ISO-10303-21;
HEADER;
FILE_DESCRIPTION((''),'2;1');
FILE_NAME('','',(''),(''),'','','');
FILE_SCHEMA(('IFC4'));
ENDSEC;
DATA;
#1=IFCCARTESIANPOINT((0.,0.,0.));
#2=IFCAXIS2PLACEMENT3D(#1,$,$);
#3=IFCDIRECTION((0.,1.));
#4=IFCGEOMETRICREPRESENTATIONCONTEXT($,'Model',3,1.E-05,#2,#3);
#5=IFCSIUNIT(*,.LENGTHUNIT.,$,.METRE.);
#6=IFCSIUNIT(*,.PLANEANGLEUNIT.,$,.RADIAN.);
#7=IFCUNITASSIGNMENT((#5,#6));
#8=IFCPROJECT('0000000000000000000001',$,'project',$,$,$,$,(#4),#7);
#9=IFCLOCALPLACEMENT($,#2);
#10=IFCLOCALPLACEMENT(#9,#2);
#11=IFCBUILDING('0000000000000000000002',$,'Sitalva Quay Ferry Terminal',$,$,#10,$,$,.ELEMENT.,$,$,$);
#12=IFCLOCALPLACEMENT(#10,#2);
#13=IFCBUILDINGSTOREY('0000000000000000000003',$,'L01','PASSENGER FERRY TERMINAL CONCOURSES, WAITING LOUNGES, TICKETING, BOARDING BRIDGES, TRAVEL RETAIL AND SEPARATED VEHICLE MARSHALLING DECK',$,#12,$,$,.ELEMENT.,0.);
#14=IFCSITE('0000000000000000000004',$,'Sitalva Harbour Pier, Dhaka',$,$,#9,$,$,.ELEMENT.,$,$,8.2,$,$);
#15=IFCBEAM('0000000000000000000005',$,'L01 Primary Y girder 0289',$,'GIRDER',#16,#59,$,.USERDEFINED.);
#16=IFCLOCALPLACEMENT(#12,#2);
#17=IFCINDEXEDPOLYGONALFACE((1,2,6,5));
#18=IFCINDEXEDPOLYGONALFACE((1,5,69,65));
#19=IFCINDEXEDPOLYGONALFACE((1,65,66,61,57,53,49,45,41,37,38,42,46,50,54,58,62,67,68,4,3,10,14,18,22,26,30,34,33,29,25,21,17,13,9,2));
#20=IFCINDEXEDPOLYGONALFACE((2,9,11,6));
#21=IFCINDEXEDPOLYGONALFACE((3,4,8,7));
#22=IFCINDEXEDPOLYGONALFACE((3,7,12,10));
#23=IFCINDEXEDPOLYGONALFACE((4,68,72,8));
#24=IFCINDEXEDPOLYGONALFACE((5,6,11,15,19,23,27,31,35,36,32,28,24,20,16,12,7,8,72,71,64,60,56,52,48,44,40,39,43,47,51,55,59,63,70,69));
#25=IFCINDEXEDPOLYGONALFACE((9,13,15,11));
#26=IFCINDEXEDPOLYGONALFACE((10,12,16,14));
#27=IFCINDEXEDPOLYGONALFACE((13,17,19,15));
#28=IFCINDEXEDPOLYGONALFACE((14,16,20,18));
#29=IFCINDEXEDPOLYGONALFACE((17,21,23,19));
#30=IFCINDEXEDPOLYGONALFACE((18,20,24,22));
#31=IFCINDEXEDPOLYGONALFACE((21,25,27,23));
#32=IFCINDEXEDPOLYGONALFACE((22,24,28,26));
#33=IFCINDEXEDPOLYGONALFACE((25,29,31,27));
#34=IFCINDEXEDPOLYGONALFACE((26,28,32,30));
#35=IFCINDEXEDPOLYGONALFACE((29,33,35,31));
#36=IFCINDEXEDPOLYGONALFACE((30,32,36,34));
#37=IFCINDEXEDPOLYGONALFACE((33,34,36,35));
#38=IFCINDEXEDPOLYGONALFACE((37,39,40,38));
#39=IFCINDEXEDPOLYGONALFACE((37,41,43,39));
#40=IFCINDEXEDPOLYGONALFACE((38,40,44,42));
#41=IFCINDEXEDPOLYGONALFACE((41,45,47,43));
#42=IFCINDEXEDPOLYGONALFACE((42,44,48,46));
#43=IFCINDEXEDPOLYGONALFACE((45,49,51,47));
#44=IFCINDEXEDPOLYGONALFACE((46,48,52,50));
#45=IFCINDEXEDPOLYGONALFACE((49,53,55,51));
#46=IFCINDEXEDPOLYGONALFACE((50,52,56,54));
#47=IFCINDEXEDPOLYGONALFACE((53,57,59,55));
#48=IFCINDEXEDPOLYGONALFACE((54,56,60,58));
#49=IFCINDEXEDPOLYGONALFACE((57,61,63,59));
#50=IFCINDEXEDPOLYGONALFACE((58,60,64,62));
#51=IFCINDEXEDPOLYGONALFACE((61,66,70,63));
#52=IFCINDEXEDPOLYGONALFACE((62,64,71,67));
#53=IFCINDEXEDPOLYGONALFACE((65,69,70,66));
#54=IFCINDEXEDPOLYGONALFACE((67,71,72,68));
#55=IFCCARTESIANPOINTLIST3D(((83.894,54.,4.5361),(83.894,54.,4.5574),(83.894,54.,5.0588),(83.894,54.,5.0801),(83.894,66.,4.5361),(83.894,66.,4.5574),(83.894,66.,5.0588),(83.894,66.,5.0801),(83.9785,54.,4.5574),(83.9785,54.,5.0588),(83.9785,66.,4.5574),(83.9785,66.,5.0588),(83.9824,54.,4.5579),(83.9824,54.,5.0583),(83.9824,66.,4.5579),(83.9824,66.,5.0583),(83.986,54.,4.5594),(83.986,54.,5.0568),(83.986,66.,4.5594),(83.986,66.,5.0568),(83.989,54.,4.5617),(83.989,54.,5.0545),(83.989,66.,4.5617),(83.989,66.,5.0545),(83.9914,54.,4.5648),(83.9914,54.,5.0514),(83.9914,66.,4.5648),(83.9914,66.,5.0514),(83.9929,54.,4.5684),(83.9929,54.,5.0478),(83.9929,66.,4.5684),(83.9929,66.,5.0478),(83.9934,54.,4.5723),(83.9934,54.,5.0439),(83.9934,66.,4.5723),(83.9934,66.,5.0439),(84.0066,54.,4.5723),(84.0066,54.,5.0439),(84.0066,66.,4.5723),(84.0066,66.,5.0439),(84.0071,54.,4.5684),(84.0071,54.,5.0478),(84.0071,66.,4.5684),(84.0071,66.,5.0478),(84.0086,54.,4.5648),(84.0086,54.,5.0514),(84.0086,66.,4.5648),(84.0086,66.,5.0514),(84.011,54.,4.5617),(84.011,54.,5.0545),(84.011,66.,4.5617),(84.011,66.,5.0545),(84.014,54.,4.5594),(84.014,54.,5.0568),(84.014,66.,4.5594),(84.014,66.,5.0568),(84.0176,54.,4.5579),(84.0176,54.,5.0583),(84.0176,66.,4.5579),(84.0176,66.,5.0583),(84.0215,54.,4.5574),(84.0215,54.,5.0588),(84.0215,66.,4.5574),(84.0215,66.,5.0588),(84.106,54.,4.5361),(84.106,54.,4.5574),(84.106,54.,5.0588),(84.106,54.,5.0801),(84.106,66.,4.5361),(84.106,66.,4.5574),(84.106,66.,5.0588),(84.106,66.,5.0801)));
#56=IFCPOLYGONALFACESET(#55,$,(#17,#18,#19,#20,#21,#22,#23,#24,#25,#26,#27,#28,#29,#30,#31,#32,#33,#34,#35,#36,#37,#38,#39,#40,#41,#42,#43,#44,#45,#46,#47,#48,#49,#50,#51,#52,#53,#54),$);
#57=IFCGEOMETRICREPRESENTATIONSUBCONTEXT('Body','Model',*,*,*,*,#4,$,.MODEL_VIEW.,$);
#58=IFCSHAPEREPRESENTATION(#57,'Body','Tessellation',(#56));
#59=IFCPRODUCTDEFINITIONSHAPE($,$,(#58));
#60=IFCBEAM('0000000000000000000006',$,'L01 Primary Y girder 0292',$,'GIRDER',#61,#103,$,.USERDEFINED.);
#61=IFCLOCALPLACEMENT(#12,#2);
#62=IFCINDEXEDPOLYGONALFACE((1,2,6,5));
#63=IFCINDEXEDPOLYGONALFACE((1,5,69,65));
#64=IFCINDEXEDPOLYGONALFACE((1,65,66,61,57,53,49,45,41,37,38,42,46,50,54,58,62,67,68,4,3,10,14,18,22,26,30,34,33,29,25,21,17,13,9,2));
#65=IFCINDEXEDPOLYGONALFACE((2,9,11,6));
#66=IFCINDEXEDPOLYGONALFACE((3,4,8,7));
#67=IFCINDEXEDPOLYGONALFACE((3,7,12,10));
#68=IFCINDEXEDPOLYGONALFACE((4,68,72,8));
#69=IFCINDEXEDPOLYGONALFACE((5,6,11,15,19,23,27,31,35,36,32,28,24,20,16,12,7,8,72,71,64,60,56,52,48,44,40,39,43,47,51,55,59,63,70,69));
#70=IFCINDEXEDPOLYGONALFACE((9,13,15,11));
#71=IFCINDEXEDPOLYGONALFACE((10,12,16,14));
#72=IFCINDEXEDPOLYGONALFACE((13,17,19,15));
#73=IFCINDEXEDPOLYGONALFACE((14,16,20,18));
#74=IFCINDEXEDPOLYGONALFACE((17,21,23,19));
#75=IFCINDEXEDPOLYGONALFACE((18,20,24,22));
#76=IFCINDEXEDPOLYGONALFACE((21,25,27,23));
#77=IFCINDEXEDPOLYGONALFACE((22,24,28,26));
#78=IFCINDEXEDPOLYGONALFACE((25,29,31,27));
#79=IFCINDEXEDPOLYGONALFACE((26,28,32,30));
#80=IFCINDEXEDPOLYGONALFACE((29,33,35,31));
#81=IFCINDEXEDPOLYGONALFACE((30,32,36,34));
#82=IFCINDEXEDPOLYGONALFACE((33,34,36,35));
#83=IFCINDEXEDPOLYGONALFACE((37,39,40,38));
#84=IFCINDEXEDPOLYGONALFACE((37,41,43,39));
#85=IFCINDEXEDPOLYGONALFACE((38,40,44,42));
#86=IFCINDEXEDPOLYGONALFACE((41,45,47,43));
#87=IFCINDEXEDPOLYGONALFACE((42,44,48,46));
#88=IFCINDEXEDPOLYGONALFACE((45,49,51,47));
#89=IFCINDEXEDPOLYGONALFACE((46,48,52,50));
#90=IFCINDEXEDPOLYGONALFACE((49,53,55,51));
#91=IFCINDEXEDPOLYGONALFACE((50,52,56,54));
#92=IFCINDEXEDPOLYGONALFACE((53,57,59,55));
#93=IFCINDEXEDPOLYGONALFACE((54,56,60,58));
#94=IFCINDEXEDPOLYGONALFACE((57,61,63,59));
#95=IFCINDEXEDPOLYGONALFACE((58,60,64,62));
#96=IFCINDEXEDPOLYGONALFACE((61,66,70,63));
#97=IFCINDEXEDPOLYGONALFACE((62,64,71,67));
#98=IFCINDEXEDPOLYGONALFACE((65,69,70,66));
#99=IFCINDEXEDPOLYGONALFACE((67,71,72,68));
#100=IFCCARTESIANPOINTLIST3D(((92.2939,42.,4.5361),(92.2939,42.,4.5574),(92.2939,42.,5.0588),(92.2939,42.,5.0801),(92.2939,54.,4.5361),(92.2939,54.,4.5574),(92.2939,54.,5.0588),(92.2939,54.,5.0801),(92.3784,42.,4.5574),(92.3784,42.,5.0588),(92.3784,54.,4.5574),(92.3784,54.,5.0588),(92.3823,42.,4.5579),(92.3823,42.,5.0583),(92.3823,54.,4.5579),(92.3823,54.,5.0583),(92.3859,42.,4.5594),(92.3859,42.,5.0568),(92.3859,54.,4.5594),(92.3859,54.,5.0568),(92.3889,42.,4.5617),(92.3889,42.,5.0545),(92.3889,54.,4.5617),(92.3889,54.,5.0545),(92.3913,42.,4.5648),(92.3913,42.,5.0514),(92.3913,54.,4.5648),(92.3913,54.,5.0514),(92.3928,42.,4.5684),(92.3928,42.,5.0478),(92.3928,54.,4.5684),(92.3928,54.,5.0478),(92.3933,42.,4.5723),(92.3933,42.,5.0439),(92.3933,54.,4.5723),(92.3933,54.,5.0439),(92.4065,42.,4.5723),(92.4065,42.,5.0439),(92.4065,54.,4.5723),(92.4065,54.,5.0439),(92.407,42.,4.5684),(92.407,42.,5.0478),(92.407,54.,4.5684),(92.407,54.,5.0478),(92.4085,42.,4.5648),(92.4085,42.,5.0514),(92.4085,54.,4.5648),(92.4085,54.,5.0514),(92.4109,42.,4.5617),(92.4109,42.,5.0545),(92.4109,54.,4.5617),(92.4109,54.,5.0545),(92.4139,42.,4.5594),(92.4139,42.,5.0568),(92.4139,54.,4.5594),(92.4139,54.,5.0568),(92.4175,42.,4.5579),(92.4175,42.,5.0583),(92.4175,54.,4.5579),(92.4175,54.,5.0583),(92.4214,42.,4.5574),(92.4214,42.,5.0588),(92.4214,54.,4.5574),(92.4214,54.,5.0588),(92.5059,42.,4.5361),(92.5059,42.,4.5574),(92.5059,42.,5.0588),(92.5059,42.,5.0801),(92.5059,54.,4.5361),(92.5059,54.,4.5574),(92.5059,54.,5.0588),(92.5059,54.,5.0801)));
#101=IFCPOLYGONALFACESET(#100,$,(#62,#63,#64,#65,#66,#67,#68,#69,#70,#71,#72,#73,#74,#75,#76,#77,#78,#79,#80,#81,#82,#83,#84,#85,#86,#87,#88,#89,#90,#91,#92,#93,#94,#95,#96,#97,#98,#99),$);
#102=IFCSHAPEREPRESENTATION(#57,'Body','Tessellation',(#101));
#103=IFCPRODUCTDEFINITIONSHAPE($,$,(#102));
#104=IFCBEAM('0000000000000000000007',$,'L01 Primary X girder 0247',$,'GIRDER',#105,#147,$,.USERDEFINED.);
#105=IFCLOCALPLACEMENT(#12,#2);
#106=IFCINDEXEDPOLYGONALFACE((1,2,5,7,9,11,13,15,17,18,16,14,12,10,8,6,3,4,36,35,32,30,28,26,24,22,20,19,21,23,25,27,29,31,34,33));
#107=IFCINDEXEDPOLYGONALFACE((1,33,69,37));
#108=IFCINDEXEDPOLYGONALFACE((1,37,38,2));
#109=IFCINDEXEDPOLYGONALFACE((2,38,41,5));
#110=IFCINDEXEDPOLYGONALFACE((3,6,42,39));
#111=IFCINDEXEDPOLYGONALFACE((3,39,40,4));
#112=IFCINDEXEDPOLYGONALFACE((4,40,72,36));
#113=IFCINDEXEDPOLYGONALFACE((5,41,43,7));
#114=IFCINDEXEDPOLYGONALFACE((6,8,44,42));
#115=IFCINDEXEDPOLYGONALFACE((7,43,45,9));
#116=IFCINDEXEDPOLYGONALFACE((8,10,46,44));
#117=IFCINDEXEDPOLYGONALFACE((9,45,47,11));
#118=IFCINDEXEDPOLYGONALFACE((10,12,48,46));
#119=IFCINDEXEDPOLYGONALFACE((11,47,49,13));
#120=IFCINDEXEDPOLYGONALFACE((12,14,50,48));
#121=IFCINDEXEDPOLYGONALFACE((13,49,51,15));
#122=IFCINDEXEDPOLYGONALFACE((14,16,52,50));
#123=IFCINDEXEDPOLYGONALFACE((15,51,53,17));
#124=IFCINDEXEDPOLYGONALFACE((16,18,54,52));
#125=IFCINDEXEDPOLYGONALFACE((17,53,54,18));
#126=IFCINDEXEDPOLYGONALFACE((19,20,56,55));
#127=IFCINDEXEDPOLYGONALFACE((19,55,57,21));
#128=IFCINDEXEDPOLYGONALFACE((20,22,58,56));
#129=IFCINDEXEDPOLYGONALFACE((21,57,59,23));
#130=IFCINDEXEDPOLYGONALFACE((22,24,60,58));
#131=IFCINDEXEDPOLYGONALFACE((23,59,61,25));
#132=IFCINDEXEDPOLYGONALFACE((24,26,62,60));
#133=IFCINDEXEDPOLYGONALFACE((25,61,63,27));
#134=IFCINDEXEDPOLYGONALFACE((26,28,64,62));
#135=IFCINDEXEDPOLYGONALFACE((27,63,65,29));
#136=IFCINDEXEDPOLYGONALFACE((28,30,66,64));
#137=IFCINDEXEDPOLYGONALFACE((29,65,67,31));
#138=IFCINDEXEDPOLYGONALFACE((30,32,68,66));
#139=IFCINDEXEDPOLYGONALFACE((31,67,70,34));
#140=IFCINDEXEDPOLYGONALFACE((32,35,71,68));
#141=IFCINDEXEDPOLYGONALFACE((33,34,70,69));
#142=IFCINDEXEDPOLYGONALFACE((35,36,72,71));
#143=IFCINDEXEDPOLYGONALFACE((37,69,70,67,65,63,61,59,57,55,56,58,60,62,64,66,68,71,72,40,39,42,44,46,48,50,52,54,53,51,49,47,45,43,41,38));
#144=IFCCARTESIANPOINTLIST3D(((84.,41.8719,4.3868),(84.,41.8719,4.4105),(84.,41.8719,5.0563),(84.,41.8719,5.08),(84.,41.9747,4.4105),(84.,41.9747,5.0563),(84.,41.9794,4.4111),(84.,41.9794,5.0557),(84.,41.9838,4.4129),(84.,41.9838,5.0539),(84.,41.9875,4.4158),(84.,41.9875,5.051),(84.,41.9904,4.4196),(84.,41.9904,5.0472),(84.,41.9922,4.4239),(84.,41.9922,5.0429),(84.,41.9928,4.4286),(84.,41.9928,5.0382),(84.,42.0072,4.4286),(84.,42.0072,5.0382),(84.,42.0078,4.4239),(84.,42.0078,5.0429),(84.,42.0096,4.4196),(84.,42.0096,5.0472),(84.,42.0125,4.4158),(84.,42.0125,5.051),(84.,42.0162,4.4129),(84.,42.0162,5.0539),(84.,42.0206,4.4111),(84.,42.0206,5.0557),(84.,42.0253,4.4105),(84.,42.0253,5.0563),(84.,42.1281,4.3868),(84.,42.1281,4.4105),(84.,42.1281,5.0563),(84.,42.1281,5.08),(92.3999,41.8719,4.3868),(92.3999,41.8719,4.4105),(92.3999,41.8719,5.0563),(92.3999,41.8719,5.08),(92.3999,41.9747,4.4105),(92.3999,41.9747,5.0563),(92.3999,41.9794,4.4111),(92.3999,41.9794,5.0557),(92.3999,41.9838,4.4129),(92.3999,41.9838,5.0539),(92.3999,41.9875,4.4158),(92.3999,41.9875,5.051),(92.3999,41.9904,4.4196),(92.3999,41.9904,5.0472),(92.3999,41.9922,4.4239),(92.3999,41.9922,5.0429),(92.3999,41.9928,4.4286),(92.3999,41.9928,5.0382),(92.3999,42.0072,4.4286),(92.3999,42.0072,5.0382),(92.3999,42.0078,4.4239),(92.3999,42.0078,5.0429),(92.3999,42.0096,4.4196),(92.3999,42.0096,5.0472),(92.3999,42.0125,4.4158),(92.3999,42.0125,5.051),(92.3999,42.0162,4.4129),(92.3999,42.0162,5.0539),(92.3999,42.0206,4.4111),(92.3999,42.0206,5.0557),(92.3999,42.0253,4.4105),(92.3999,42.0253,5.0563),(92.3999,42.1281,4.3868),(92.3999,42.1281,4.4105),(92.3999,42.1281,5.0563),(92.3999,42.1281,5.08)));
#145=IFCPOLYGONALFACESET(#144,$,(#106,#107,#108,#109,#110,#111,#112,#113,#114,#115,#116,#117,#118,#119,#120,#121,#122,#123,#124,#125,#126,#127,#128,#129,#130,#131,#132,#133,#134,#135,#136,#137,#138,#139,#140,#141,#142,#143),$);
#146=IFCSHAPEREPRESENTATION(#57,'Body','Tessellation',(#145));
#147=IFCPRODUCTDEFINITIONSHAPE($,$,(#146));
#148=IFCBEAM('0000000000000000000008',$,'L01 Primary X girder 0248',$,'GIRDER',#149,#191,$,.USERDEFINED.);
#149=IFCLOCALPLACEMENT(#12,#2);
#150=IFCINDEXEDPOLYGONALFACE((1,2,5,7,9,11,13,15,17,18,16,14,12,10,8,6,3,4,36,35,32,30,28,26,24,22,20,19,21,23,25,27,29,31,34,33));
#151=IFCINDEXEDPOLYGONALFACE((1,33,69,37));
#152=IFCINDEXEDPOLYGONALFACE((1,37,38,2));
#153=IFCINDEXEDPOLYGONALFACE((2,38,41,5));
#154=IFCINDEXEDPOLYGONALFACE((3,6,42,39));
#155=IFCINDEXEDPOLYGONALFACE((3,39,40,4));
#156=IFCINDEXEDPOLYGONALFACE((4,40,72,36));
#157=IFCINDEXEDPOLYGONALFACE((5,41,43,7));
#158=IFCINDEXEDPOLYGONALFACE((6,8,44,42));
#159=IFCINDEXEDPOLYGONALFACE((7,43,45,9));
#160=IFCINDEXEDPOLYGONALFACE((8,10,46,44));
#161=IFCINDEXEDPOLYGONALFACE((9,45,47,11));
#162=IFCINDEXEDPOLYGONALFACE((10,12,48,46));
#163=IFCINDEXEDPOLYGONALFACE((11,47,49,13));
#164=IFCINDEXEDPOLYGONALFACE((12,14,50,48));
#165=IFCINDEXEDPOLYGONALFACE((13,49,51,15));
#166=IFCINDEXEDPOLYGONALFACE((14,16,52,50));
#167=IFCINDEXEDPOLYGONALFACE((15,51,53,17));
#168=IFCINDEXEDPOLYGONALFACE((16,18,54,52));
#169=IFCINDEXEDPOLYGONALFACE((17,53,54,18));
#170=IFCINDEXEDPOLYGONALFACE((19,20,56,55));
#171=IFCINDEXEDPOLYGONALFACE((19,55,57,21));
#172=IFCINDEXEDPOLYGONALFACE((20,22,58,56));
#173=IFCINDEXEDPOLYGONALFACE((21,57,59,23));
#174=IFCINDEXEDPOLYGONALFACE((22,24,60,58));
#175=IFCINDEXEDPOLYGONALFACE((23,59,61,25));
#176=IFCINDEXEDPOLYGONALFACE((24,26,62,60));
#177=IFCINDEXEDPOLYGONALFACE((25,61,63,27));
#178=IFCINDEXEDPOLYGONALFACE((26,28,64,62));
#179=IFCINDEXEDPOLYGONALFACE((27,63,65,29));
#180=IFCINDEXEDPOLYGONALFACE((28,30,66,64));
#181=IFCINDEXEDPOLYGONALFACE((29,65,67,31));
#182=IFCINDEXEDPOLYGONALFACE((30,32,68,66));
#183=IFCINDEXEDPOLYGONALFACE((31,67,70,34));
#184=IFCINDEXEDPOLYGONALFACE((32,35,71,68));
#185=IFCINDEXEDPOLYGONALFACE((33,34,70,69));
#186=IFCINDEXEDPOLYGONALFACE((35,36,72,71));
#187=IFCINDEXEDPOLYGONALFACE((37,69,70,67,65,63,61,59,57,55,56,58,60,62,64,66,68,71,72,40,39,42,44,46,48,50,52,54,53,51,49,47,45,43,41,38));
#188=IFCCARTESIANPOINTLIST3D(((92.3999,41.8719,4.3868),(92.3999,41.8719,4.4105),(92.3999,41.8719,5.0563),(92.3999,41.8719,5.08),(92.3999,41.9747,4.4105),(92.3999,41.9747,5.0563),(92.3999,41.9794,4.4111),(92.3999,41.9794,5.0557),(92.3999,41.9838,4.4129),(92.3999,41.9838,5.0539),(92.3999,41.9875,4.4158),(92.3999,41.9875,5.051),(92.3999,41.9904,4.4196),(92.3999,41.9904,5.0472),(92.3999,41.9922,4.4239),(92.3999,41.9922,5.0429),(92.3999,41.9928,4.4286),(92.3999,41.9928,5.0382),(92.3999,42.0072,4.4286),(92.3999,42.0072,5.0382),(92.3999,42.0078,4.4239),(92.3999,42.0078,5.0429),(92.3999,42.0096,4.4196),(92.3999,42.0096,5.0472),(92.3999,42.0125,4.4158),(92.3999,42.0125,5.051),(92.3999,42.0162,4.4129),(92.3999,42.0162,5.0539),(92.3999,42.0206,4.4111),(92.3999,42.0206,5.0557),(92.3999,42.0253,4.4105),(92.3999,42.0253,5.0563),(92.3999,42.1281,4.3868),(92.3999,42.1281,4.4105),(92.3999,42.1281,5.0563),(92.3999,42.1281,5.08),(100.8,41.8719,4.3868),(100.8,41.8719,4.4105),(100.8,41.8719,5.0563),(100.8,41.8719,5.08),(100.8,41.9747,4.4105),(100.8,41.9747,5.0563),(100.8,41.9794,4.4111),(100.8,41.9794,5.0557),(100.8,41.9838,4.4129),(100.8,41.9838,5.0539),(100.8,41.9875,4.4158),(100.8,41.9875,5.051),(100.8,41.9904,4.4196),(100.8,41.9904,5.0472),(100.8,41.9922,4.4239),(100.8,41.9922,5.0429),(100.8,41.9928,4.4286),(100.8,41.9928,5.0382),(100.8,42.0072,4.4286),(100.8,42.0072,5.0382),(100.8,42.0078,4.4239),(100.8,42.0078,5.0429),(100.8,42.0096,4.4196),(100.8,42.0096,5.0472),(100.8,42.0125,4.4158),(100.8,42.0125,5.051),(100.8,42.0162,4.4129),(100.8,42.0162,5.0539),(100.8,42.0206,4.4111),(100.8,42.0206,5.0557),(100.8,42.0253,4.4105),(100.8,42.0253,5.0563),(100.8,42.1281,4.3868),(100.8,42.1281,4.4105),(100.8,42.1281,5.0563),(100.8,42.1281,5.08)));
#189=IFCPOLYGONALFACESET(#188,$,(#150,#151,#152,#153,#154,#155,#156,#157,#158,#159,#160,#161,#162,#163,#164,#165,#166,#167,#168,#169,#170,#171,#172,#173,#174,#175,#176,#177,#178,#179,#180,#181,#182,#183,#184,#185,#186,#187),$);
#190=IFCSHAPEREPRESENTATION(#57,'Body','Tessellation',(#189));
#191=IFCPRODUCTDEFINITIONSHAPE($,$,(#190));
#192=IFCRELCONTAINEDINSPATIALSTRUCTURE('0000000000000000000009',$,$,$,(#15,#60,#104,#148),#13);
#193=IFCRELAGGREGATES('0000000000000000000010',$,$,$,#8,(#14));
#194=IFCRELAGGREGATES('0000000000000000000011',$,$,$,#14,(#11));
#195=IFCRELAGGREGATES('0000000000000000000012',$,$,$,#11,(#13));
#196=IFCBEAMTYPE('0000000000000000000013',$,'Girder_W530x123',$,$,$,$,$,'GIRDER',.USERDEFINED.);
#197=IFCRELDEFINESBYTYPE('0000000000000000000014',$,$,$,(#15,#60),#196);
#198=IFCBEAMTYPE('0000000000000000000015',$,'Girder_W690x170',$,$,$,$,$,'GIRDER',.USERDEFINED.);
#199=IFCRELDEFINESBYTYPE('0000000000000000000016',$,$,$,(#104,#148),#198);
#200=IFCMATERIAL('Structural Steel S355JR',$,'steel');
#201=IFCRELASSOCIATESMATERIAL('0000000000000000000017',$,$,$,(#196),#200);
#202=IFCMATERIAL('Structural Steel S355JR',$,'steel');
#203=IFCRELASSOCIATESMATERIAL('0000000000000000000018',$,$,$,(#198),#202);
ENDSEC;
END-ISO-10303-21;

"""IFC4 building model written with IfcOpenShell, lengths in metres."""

from ifc_helpers import new_model, si_unit, direction, frame, origin, origin_2d, place, context, subcontext, project, spatial, i_section, extrude, material, material_profile, profile_set, type_object, element, save


model = new_model("IFC4")

# Units and contexts
model_context = context("Model", 3, precision=1e-05, world=origin(), true_north=direction((0.0, 1.0)))
body_context = subcontext(model_context, "Body", "Model", "MODEL_VIEW")
ifc_project = project(units=[si_unit("LENGTHUNIT", "METRE"), si_unit("PLANEANGLEUNIT", "RADIAN")], contexts=[model_context])

# Site, building, storey
site_placement = place(None, origin())
site = spatial("IfcSite", under=ifc_project, at=site_placement, Name="Sitalva Harbour Pier, Dhaka", CompositionType="ELEMENT", RefElevation=8.2)
building_placement = place(site_placement, origin())
building = spatial("IfcBuilding", under=site, at=building_placement, Name="Sitalva Quay Ferry Terminal", CompositionType="ELEMENT")
storey_placement = place(building_placement, origin())
storey = spatial("IfcBuildingStorey", under=building, at=storey_placement, Name="L01", Description="PASSENGER FERRY TERMINAL CONCOURSES, WAITING LOUNGES, TICKETING, BOARDING BRIDGES, TRAVEL RETAIL AND SEPARATED VEHICLE MARSHALLING DECK", CompositionType="ELEMENT", Elevation=0.0)

# Beams
ifc_material_1 = material(Name="Structural Steel S355JR", Category="steel")
ifc_material_profile_1 = material_profile(ifc_material_1, i_section(OverallWidth=0.2119, OverallDepth=0.5439, WebThickness=0.0132, FlangeThickness=0.0212, FilletRadius=0.0149, at=origin_2d()), Name="W530x123")
ifc_profile_set_1 = profile_set([ifc_material_profile_1], Name="Structural Steel S355JR")
beam_type_1 = type_object("IfcBeamType", Name="Girder_W530x123", ElementType="GIRDER", PredefinedType="USERDEFINED", material=ifc_profile_set_1)
for number, where, z_axis, x_axis, name in (
    (1, (84.0, 54.0, 4.8081), (0.0, 1.0, 0.0), (-1.0, 0.0, 0.0), "L01 Primary Y girder 0289"),
    (2, (92.3999, 42.0, 4.8081), (0.0, 1.0, 0.0), (-1.0, 0.0, 0.0), "L01 Primary Y girder 0292"),
):
    element("IfcBeam", number, at=place(storey_placement, frame(where, z_axis=z_axis, x_axis=x_axis)), inside=storey, type_object=beam_type_1, Name=name, ObjectType="GIRDER", PredefinedType="USERDEFINED", context=body_context, shape_type="SweptSolid", body=[
        extrude(i_section(OverallWidth=0.2119, OverallDepth=0.5439, WebThickness=0.0132, FlangeThickness=0.0212, FilletRadius=0.0149, at=origin_2d()), origin(), (0.0, 0.0, 1.0), 12.0),
    ])
ifc_material_2 = material(Name="Structural Steel S355JR", Category="steel")
ifc_material_profile_2 = material_profile(ifc_material_2, i_section(OverallWidth=0.2561, OverallDepth=0.6931, WebThickness=0.0144, FlangeThickness=0.0237, FilletRadius=0.0181, at=origin_2d()), Name="W690x170")
ifc_profile_set_2 = profile_set([ifc_material_profile_2], Name="Structural Steel S355JR")
beam_type_2 = type_object("IfcBeamType", Name="Girder_W690x170", ElementType="GIRDER", PredefinedType="USERDEFINED", material=ifc_profile_set_2)
beam_1_placement = place(storey_placement, frame((84.0, 42.0, 4.7334), z_axis=(1.0, 0.0, 0.0), x_axis=(0.0, 1.0, 0.0)))
element("IfcBeam", 3, at=beam_1_placement, inside=storey, type_object=beam_type_2, Name="L01 Primary X girder 0247", ObjectType="GIRDER", PredefinedType="USERDEFINED", context=body_context, shape_type="SweptSolid", body=[
    extrude(i_section(OverallWidth=0.2561, OverallDepth=0.6931, WebThickness=0.0144, FlangeThickness=0.0237, FilletRadius=0.0181, at=origin_2d()), origin(), (0.0, 0.0, 1.0), 8.3999),
])
beam_2_placement = place(storey_placement, frame((92.3999, 42.0, 4.7334), z_axis=(1.0, 0.0, 0.0), x_axis=(0.0, 1.0, 0.0)))
element("IfcBeam", 4, at=beam_2_placement, inside=storey, type_object=beam_type_2, Name="L01 Primary X girder 0248", ObjectType="GIRDER", PredefinedType="USERDEFINED", context=body_context, shape_type="SweptSolid", body=[
    extrude(i_section(OverallWidth=0.2561, OverallDepth=0.6931, WebThickness=0.0144, FlangeThickness=0.0237, FilletRadius=0.0181, at=origin_2d()), origin(), (0.0, 0.0, 1.0), 8.4001),
])

save(model, "model.ifc")
